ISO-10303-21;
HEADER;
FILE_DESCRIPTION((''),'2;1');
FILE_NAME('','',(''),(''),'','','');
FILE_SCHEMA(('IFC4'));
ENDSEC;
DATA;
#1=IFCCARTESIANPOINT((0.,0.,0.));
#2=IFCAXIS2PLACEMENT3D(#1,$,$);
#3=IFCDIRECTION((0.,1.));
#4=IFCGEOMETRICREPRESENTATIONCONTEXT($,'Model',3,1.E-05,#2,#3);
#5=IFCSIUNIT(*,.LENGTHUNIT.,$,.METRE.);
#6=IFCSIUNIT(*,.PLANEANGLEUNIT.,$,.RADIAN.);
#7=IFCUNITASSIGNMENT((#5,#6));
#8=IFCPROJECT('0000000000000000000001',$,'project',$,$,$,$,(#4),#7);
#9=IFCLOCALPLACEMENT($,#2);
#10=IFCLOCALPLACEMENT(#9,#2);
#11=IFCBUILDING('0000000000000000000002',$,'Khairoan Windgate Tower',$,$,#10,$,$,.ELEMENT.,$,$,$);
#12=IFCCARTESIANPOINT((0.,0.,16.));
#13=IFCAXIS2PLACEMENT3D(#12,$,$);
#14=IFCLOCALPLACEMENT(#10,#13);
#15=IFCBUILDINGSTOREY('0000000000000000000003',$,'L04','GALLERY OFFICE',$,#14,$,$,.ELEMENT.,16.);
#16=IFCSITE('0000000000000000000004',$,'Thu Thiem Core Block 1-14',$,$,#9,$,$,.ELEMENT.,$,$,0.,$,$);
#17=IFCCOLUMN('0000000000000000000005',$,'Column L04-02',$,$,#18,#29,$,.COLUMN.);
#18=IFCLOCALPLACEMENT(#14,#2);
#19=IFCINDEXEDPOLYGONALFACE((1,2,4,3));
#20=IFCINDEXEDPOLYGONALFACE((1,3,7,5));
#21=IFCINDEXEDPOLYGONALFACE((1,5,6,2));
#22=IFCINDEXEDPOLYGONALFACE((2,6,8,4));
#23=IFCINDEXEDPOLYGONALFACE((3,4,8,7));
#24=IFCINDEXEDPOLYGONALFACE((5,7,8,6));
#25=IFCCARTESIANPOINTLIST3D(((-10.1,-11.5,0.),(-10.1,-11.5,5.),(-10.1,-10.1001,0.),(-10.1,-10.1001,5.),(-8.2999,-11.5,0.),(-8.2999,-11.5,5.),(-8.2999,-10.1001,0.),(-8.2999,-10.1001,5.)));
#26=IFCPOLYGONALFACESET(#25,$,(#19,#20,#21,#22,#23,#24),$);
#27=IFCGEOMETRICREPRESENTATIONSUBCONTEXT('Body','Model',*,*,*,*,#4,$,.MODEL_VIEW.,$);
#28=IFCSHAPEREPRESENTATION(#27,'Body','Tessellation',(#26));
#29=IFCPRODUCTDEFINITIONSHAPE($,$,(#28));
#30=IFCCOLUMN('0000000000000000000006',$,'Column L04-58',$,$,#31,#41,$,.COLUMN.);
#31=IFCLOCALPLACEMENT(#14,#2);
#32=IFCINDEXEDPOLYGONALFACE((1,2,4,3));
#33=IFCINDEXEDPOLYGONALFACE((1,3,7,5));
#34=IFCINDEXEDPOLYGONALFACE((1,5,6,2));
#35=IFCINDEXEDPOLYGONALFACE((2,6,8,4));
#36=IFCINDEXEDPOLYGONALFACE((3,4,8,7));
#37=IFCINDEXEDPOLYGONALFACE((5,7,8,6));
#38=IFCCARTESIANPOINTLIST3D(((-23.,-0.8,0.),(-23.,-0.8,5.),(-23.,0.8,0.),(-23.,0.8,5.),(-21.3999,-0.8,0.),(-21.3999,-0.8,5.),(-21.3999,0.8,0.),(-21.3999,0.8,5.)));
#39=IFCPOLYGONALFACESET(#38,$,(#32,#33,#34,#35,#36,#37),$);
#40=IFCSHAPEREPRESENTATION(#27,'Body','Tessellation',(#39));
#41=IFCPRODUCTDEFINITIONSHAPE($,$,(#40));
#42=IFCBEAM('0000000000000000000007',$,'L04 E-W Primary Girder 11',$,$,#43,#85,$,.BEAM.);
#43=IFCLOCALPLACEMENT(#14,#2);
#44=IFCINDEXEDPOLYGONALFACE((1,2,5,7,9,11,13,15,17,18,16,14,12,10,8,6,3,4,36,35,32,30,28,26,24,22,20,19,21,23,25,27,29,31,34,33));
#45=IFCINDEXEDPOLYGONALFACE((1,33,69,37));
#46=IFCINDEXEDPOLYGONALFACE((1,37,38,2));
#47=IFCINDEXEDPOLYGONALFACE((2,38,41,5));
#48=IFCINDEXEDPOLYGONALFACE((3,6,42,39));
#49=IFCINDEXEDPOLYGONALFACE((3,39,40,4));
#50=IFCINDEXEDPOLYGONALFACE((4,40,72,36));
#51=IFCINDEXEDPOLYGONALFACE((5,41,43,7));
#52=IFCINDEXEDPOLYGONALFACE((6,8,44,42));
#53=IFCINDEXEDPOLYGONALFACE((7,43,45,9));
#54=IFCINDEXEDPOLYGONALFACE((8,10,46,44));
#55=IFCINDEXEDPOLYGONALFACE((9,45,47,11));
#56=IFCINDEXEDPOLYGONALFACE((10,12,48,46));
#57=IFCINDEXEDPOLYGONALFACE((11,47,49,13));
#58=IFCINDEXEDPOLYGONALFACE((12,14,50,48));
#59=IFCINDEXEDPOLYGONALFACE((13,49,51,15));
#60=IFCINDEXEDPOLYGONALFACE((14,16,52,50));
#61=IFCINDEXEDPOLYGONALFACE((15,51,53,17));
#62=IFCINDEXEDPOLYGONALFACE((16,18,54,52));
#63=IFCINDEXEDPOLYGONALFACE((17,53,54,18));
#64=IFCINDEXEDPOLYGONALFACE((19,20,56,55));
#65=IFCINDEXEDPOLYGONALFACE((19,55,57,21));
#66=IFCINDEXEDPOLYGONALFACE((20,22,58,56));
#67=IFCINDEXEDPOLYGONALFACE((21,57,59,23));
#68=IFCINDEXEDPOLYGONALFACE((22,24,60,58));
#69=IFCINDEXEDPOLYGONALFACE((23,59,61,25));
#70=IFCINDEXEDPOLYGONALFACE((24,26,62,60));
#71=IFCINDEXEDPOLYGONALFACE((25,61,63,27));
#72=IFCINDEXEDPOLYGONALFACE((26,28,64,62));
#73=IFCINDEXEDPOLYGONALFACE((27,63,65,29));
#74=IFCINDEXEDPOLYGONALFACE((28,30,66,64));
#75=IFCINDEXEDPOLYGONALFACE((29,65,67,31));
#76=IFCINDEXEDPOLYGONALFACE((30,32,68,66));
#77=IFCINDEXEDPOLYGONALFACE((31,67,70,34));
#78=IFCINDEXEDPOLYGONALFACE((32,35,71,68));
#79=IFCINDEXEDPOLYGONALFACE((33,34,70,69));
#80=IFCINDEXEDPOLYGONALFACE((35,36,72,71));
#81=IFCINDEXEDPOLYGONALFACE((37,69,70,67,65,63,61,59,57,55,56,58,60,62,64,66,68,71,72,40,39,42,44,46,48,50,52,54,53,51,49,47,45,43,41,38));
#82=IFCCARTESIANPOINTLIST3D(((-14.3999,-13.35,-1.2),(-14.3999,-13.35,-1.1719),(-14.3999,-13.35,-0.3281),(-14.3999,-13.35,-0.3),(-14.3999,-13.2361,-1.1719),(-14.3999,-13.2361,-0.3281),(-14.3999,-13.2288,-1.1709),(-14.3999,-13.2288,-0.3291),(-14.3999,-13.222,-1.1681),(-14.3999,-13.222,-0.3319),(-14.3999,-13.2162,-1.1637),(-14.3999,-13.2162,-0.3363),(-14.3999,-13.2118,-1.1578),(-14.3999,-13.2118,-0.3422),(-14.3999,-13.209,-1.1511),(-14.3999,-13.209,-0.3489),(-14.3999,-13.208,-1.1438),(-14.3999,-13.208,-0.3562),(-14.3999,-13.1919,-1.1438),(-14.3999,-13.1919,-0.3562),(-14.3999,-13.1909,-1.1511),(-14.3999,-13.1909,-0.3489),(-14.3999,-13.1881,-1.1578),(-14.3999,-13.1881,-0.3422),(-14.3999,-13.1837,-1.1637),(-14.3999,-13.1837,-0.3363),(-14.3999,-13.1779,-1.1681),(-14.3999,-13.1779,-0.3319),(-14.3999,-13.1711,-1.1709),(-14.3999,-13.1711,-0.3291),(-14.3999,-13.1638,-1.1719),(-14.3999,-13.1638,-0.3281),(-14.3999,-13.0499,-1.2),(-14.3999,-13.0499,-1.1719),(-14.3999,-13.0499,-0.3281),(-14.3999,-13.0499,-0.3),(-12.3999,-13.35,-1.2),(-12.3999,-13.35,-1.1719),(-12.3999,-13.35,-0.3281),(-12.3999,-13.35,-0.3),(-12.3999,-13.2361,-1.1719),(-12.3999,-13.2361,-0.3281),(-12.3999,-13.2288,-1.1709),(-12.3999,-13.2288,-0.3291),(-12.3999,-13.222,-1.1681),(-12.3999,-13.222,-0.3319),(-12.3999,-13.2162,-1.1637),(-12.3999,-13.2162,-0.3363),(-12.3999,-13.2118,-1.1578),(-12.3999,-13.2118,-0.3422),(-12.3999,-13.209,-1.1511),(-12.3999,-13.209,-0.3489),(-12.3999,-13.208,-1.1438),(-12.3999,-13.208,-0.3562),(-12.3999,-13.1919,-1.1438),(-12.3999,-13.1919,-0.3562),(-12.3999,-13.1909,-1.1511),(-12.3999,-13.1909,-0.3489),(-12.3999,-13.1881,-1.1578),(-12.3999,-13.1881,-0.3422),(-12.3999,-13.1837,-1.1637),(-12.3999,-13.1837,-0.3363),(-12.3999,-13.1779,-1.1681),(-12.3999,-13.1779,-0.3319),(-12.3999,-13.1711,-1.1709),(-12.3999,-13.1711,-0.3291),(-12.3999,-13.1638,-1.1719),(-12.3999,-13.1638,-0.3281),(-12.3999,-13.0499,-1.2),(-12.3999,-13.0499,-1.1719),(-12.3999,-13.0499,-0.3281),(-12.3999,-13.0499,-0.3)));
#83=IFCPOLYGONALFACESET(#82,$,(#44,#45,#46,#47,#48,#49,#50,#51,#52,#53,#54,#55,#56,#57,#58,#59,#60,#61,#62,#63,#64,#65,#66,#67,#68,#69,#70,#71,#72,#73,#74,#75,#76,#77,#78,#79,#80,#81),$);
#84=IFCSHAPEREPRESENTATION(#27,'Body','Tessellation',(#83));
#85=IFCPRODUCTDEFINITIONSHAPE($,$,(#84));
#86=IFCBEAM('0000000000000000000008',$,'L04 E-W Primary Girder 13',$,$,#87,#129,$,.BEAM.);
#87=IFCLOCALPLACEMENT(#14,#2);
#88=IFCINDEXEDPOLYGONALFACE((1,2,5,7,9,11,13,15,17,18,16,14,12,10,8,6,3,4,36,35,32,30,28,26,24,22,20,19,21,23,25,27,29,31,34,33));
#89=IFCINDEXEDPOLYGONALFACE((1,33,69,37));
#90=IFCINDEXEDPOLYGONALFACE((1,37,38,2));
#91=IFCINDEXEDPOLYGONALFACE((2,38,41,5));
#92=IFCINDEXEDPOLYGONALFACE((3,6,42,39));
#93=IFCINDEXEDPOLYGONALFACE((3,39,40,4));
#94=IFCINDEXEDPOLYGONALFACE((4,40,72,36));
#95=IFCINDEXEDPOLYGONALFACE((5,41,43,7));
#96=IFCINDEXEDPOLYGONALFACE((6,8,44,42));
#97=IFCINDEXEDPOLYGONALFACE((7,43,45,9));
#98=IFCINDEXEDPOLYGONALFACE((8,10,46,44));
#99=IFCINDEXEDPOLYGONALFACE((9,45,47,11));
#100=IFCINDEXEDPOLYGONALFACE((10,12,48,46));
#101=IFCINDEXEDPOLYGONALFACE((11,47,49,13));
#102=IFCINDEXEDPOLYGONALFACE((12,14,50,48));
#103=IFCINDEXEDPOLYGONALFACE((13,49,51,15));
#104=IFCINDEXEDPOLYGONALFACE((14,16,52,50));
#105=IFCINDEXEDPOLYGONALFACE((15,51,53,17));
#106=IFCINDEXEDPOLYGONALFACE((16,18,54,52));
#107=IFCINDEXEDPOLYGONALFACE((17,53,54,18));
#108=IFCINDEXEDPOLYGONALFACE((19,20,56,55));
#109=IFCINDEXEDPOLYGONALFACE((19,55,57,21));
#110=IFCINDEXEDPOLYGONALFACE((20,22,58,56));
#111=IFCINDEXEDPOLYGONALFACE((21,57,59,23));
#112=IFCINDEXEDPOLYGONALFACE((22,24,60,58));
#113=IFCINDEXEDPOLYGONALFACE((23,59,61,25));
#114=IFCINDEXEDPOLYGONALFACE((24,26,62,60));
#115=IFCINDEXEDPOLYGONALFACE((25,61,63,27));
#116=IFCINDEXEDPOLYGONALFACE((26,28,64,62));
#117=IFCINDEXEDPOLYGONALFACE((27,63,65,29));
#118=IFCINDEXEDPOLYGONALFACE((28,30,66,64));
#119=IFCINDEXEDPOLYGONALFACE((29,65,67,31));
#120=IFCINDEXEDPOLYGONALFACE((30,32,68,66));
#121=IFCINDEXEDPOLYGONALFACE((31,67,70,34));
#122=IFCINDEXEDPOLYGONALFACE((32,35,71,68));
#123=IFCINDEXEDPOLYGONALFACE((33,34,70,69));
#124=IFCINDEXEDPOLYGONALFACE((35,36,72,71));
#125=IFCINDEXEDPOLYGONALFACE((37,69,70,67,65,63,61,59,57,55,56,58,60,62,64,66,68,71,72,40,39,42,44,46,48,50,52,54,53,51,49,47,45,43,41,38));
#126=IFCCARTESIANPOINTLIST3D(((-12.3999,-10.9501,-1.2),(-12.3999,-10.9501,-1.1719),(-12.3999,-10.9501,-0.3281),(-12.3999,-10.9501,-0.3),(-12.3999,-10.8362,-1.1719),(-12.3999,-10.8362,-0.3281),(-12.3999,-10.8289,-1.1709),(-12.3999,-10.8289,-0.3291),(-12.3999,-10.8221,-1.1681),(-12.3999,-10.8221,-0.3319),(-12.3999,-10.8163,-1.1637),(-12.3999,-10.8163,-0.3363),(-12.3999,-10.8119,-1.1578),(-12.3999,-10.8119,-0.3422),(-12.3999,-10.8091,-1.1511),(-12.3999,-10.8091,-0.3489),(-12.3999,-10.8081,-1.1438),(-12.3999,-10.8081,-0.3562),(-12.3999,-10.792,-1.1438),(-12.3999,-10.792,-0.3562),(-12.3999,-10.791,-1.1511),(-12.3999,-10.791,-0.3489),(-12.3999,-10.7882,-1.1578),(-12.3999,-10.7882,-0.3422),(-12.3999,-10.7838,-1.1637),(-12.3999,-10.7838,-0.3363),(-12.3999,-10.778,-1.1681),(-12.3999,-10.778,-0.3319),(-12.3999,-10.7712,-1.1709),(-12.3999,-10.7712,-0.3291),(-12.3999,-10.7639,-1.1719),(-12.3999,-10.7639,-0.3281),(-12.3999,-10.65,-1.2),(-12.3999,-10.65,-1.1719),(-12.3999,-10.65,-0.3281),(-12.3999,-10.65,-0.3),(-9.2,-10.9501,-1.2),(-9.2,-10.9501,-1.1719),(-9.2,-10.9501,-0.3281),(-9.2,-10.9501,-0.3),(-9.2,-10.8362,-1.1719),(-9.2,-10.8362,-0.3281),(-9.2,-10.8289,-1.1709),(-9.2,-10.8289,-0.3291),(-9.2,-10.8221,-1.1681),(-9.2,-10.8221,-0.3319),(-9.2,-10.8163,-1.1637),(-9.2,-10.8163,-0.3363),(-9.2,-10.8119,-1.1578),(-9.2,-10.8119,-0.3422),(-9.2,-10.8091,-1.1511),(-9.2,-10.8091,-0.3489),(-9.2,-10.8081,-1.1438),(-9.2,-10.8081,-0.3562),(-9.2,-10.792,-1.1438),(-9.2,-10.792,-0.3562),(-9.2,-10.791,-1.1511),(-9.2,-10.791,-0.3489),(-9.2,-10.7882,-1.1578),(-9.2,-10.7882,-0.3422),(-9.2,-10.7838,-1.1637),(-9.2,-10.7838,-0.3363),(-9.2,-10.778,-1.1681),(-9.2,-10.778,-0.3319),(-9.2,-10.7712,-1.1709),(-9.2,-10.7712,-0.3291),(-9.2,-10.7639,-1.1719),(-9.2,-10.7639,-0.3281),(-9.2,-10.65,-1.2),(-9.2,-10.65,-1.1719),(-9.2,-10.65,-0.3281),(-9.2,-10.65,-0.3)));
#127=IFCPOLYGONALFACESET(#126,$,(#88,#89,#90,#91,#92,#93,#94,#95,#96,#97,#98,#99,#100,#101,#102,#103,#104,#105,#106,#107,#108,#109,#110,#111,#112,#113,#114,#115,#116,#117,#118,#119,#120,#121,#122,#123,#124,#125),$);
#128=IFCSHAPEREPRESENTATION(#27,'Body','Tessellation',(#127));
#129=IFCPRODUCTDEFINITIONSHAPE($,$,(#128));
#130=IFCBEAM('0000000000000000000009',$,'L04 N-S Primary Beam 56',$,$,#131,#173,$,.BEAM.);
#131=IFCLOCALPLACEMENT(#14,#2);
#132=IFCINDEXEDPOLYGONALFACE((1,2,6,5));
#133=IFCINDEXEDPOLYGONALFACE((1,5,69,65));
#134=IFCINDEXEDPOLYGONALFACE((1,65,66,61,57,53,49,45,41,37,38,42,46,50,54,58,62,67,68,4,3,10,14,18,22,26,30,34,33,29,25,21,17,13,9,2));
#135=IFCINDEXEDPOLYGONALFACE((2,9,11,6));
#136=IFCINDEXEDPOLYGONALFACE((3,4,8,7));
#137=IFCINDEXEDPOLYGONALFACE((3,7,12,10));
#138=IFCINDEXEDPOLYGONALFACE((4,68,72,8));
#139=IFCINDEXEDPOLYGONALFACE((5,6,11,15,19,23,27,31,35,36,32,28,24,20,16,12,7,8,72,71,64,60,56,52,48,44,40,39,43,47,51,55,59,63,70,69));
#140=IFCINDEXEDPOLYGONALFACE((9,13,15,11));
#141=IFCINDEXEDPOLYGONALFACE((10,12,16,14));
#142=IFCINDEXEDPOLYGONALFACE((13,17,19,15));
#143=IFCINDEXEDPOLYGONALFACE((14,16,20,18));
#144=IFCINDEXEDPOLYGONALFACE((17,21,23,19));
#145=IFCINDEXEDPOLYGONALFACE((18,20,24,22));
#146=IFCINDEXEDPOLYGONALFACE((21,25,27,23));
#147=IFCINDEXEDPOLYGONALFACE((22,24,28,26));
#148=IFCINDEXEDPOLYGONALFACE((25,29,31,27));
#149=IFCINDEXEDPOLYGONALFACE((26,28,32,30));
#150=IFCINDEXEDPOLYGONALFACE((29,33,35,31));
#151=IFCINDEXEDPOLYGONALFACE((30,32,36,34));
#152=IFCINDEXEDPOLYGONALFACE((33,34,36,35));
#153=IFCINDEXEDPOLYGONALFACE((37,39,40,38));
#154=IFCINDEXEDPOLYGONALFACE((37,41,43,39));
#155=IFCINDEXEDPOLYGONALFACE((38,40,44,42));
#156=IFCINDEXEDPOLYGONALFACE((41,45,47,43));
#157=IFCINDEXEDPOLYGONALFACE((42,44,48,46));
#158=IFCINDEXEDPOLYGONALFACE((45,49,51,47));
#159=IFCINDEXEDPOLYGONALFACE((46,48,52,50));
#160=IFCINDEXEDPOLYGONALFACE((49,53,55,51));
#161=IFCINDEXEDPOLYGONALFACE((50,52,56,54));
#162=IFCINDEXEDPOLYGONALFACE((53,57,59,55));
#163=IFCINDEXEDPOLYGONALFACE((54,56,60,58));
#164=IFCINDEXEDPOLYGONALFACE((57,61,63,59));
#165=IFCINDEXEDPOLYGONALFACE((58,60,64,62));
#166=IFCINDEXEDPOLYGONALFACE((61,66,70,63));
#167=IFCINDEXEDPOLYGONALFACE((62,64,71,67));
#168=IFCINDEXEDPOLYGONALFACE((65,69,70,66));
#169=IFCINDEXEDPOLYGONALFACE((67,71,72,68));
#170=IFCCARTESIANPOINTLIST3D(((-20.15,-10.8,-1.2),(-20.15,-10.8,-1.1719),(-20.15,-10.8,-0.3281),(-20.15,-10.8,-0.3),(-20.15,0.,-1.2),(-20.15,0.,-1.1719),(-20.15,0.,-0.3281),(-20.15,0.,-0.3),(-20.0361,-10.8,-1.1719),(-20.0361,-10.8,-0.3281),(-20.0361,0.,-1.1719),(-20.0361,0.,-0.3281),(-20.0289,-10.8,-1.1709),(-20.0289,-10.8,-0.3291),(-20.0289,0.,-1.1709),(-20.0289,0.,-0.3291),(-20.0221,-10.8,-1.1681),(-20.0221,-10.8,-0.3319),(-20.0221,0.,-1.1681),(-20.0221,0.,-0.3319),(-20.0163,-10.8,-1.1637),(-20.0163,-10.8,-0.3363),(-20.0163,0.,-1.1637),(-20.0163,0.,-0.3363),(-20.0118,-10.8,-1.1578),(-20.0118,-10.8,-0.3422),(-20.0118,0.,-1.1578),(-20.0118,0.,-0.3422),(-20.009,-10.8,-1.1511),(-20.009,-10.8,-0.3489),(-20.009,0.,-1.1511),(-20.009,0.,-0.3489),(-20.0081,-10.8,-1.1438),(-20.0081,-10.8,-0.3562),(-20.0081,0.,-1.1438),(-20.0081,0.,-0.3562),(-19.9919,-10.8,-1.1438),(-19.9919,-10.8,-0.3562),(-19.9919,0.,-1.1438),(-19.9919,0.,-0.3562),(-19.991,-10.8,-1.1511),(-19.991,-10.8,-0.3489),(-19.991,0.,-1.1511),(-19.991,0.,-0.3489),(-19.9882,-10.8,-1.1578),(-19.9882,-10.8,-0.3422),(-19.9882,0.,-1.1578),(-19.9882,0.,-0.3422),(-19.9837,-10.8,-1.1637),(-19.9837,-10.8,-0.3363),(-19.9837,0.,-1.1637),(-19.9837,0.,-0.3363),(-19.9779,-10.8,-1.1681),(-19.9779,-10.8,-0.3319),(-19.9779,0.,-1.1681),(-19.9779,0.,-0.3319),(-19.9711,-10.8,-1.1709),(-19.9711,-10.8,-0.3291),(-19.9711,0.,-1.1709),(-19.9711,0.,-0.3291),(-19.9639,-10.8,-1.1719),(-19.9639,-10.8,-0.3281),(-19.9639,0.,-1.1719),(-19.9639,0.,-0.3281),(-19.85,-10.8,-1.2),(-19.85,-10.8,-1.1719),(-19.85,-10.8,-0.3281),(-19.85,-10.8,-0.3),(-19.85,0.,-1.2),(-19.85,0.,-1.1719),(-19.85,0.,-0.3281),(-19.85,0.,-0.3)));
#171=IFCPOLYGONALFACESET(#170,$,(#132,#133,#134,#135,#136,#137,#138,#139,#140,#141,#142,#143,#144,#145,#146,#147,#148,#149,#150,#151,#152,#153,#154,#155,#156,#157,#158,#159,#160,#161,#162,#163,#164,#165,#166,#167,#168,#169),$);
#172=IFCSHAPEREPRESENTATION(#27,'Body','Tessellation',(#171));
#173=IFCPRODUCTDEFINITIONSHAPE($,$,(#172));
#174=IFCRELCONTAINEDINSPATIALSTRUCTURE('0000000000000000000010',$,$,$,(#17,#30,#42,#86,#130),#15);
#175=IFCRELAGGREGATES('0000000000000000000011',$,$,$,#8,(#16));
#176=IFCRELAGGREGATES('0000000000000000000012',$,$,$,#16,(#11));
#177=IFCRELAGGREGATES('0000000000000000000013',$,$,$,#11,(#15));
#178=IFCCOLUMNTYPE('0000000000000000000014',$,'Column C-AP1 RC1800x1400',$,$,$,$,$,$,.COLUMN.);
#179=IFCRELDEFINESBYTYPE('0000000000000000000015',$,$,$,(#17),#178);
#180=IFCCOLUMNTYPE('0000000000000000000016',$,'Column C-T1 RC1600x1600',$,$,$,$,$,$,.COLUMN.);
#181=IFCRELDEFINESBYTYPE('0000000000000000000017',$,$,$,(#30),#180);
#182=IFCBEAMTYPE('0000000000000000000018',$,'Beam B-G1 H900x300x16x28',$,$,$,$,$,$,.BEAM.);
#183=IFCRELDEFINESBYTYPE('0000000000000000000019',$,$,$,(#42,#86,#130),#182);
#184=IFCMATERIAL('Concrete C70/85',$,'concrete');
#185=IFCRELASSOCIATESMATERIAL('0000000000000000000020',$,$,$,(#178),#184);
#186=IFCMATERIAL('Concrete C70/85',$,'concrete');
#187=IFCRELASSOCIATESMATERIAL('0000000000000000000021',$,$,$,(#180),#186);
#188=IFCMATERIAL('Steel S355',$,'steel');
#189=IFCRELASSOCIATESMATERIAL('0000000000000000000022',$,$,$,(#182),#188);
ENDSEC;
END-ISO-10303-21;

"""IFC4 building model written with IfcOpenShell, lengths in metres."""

from ifc_helpers import new_model, si_unit, direction, frame, origin, origin_2d, place, context, subcontext, project, spatial, rectangle, i_section, extrude, material, material_profile, profile_set, type_object, element, save


model = new_model("IFC4")

# Units and contexts
model_context = context("Model", 3, precision=1e-05, world=origin(), true_north=direction((0.0, 1.0)))
body_context = subcontext(model_context, "Body", "Model", "MODEL_VIEW")
ifc_project = project(units=[si_unit("LENGTHUNIT", "METRE"), si_unit("PLANEANGLEUNIT", "RADIAN")], contexts=[model_context])

# Site, building, storey
site_placement = place(None, origin())
site = spatial("IfcSite", under=ifc_project, at=site_placement, Name="Thu Thiem Core Block 1-14", CompositionType="ELEMENT", RefElevation=0.0)
building_placement = place(site_placement, origin())
building = spatial("IfcBuilding", under=site, at=building_placement, Name="Khairoan Windgate Tower", CompositionType="ELEMENT")
storey_placement = place(building_placement, frame((0.0, 0.0, 16.0)))
storey = spatial("IfcBuildingStorey", under=building, at=storey_placement, Name="L04", Description="GALLERY OFFICE", CompositionType="ELEMENT", Elevation=16.0)

# Columns
ifc_material_1 = material(Name="Concrete C70/85", Category="concrete")
ifc_material_profile_1 = material_profile(ifc_material_1, rectangle(XDim=1.8, YDim=1.3999, at=origin_2d()))
ifc_profile_set_1 = profile_set([ifc_material_profile_1], Name="Concrete C70/85")
column_type_1 = type_object("IfcColumnType", Name="Column C-AP1 RC1800x1400", PredefinedType="COLUMN", material=ifc_profile_set_1)
column_1_placement = place(storey_placement, frame((-9.2, -10.8, 0.0), z_axis=(0.0, 0.0, 1.0), x_axis=(1.0, 0.0, 0.0)))
element("IfcColumn", 1, at=column_1_placement, inside=storey, type_object=column_type_1, Name="Column L04-02", PredefinedType="COLUMN", context=body_context, shape_type="SweptSolid", body=[
    extrude(rectangle(XDim=1.8, YDim=1.3999, at=origin_2d()), origin(), (0.0, 0.0, 1.0), 5.0),
])
ifc_material_2 = material(Name="Concrete C70/85", Category="concrete")
ifc_material_profile_2 = material_profile(ifc_material_2, rectangle(XDim=1.6001, YDim=1.6001, at=origin_2d()))
ifc_profile_set_2 = profile_set([ifc_material_profile_2], Name="Concrete C70/85")
column_type_2 = type_object("IfcColumnType", Name="Column C-T1 RC1600x1600", PredefinedType="COLUMN", material=ifc_profile_set_2)
column_2_placement = place(storey_placement, frame((-22.2, 0.0, 0.0), z_axis=(0.0, 0.0, 1.0), x_axis=(1.0, 0.0, 0.0)))
element("IfcColumn", 2, at=column_2_placement, inside=storey, type_object=column_type_2, Name="Column L04-58", PredefinedType="COLUMN", context=body_context, shape_type="SweptSolid", body=[
    extrude(rectangle(XDim=1.6001, YDim=1.6001, at=origin_2d()), origin(), (0.0, 0.0, 1.0), 5.0),
])

# Beams
ifc_material_3 = material(Name="Steel S355", Category="steel")
ifc_material_profile_3 = material_profile(ifc_material_3, i_section(OverallWidth=0.3, OverallDepth=0.8999, WebThickness=0.0161, FlangeThickness=0.0281, FilletRadius=0.0281, at=origin_2d()))
ifc_profile_set_3 = profile_set([ifc_material_profile_3], Name="Steel S355")
beam_type_1 = type_object("IfcBeamType", Name="Beam B-G1 H900x300x16x28", PredefinedType="BEAM", material=ifc_profile_set_3)
beam_1_placement = place(storey_placement, frame((-14.3999, -13.2, -0.75), z_axis=(1.0, 0.0, 0.0), x_axis=(0.0, 1.0, 0.0)))
element("IfcBeam", 3, at=beam_1_placement, inside=storey, type_object=beam_type_1, Name="L04 E-W Primary Girder 11", PredefinedType="BEAM", context=body_context, shape_type="SweptSolid", body=[
    extrude(i_section(OverallWidth=0.3, OverallDepth=0.8999, WebThickness=0.0161, FlangeThickness=0.0281, FilletRadius=0.0281, at=origin_2d()), origin(), (0.0, 0.0, 1.0), 2.0),
])
beam_2_placement = place(storey_placement, frame((-12.3999, -10.8, -0.75), z_axis=(1.0, 0.0, 0.0), x_axis=(0.0, 1.0, 0.0)))
element("IfcBeam", 4, at=beam_2_placement, inside=storey, type_object=beam_type_1, Name="L04 E-W Primary Girder 13", PredefinedType="BEAM", context=body_context, shape_type="SweptSolid", body=[
    extrude(i_section(OverallWidth=0.3, OverallDepth=0.8999, WebThickness=0.0161, FlangeThickness=0.0281, FilletRadius=0.0281, at=origin_2d()), origin(), (0.0, 0.0, 1.0), 3.2),
])
beam_3_placement = place(storey_placement, frame((-20.0, -10.8, -0.75), z_axis=(0.0, 1.0, 0.0), x_axis=(-1.0, 0.0, 0.0)))
element("IfcBeam", 5, at=beam_3_placement, inside=storey, type_object=beam_type_1, Name="L04 N-S Primary Beam 56", PredefinedType="BEAM", context=body_context, shape_type="SweptSolid", body=[
    extrude(i_section(OverallWidth=0.3, OverallDepth=0.8999, WebThickness=0.0161, FlangeThickness=0.0281, FilletRadius=0.0281, at=origin_2d()), origin(), (0.0, 0.0, 1.0), 10.8),
])

save(model, "model.ifc")
